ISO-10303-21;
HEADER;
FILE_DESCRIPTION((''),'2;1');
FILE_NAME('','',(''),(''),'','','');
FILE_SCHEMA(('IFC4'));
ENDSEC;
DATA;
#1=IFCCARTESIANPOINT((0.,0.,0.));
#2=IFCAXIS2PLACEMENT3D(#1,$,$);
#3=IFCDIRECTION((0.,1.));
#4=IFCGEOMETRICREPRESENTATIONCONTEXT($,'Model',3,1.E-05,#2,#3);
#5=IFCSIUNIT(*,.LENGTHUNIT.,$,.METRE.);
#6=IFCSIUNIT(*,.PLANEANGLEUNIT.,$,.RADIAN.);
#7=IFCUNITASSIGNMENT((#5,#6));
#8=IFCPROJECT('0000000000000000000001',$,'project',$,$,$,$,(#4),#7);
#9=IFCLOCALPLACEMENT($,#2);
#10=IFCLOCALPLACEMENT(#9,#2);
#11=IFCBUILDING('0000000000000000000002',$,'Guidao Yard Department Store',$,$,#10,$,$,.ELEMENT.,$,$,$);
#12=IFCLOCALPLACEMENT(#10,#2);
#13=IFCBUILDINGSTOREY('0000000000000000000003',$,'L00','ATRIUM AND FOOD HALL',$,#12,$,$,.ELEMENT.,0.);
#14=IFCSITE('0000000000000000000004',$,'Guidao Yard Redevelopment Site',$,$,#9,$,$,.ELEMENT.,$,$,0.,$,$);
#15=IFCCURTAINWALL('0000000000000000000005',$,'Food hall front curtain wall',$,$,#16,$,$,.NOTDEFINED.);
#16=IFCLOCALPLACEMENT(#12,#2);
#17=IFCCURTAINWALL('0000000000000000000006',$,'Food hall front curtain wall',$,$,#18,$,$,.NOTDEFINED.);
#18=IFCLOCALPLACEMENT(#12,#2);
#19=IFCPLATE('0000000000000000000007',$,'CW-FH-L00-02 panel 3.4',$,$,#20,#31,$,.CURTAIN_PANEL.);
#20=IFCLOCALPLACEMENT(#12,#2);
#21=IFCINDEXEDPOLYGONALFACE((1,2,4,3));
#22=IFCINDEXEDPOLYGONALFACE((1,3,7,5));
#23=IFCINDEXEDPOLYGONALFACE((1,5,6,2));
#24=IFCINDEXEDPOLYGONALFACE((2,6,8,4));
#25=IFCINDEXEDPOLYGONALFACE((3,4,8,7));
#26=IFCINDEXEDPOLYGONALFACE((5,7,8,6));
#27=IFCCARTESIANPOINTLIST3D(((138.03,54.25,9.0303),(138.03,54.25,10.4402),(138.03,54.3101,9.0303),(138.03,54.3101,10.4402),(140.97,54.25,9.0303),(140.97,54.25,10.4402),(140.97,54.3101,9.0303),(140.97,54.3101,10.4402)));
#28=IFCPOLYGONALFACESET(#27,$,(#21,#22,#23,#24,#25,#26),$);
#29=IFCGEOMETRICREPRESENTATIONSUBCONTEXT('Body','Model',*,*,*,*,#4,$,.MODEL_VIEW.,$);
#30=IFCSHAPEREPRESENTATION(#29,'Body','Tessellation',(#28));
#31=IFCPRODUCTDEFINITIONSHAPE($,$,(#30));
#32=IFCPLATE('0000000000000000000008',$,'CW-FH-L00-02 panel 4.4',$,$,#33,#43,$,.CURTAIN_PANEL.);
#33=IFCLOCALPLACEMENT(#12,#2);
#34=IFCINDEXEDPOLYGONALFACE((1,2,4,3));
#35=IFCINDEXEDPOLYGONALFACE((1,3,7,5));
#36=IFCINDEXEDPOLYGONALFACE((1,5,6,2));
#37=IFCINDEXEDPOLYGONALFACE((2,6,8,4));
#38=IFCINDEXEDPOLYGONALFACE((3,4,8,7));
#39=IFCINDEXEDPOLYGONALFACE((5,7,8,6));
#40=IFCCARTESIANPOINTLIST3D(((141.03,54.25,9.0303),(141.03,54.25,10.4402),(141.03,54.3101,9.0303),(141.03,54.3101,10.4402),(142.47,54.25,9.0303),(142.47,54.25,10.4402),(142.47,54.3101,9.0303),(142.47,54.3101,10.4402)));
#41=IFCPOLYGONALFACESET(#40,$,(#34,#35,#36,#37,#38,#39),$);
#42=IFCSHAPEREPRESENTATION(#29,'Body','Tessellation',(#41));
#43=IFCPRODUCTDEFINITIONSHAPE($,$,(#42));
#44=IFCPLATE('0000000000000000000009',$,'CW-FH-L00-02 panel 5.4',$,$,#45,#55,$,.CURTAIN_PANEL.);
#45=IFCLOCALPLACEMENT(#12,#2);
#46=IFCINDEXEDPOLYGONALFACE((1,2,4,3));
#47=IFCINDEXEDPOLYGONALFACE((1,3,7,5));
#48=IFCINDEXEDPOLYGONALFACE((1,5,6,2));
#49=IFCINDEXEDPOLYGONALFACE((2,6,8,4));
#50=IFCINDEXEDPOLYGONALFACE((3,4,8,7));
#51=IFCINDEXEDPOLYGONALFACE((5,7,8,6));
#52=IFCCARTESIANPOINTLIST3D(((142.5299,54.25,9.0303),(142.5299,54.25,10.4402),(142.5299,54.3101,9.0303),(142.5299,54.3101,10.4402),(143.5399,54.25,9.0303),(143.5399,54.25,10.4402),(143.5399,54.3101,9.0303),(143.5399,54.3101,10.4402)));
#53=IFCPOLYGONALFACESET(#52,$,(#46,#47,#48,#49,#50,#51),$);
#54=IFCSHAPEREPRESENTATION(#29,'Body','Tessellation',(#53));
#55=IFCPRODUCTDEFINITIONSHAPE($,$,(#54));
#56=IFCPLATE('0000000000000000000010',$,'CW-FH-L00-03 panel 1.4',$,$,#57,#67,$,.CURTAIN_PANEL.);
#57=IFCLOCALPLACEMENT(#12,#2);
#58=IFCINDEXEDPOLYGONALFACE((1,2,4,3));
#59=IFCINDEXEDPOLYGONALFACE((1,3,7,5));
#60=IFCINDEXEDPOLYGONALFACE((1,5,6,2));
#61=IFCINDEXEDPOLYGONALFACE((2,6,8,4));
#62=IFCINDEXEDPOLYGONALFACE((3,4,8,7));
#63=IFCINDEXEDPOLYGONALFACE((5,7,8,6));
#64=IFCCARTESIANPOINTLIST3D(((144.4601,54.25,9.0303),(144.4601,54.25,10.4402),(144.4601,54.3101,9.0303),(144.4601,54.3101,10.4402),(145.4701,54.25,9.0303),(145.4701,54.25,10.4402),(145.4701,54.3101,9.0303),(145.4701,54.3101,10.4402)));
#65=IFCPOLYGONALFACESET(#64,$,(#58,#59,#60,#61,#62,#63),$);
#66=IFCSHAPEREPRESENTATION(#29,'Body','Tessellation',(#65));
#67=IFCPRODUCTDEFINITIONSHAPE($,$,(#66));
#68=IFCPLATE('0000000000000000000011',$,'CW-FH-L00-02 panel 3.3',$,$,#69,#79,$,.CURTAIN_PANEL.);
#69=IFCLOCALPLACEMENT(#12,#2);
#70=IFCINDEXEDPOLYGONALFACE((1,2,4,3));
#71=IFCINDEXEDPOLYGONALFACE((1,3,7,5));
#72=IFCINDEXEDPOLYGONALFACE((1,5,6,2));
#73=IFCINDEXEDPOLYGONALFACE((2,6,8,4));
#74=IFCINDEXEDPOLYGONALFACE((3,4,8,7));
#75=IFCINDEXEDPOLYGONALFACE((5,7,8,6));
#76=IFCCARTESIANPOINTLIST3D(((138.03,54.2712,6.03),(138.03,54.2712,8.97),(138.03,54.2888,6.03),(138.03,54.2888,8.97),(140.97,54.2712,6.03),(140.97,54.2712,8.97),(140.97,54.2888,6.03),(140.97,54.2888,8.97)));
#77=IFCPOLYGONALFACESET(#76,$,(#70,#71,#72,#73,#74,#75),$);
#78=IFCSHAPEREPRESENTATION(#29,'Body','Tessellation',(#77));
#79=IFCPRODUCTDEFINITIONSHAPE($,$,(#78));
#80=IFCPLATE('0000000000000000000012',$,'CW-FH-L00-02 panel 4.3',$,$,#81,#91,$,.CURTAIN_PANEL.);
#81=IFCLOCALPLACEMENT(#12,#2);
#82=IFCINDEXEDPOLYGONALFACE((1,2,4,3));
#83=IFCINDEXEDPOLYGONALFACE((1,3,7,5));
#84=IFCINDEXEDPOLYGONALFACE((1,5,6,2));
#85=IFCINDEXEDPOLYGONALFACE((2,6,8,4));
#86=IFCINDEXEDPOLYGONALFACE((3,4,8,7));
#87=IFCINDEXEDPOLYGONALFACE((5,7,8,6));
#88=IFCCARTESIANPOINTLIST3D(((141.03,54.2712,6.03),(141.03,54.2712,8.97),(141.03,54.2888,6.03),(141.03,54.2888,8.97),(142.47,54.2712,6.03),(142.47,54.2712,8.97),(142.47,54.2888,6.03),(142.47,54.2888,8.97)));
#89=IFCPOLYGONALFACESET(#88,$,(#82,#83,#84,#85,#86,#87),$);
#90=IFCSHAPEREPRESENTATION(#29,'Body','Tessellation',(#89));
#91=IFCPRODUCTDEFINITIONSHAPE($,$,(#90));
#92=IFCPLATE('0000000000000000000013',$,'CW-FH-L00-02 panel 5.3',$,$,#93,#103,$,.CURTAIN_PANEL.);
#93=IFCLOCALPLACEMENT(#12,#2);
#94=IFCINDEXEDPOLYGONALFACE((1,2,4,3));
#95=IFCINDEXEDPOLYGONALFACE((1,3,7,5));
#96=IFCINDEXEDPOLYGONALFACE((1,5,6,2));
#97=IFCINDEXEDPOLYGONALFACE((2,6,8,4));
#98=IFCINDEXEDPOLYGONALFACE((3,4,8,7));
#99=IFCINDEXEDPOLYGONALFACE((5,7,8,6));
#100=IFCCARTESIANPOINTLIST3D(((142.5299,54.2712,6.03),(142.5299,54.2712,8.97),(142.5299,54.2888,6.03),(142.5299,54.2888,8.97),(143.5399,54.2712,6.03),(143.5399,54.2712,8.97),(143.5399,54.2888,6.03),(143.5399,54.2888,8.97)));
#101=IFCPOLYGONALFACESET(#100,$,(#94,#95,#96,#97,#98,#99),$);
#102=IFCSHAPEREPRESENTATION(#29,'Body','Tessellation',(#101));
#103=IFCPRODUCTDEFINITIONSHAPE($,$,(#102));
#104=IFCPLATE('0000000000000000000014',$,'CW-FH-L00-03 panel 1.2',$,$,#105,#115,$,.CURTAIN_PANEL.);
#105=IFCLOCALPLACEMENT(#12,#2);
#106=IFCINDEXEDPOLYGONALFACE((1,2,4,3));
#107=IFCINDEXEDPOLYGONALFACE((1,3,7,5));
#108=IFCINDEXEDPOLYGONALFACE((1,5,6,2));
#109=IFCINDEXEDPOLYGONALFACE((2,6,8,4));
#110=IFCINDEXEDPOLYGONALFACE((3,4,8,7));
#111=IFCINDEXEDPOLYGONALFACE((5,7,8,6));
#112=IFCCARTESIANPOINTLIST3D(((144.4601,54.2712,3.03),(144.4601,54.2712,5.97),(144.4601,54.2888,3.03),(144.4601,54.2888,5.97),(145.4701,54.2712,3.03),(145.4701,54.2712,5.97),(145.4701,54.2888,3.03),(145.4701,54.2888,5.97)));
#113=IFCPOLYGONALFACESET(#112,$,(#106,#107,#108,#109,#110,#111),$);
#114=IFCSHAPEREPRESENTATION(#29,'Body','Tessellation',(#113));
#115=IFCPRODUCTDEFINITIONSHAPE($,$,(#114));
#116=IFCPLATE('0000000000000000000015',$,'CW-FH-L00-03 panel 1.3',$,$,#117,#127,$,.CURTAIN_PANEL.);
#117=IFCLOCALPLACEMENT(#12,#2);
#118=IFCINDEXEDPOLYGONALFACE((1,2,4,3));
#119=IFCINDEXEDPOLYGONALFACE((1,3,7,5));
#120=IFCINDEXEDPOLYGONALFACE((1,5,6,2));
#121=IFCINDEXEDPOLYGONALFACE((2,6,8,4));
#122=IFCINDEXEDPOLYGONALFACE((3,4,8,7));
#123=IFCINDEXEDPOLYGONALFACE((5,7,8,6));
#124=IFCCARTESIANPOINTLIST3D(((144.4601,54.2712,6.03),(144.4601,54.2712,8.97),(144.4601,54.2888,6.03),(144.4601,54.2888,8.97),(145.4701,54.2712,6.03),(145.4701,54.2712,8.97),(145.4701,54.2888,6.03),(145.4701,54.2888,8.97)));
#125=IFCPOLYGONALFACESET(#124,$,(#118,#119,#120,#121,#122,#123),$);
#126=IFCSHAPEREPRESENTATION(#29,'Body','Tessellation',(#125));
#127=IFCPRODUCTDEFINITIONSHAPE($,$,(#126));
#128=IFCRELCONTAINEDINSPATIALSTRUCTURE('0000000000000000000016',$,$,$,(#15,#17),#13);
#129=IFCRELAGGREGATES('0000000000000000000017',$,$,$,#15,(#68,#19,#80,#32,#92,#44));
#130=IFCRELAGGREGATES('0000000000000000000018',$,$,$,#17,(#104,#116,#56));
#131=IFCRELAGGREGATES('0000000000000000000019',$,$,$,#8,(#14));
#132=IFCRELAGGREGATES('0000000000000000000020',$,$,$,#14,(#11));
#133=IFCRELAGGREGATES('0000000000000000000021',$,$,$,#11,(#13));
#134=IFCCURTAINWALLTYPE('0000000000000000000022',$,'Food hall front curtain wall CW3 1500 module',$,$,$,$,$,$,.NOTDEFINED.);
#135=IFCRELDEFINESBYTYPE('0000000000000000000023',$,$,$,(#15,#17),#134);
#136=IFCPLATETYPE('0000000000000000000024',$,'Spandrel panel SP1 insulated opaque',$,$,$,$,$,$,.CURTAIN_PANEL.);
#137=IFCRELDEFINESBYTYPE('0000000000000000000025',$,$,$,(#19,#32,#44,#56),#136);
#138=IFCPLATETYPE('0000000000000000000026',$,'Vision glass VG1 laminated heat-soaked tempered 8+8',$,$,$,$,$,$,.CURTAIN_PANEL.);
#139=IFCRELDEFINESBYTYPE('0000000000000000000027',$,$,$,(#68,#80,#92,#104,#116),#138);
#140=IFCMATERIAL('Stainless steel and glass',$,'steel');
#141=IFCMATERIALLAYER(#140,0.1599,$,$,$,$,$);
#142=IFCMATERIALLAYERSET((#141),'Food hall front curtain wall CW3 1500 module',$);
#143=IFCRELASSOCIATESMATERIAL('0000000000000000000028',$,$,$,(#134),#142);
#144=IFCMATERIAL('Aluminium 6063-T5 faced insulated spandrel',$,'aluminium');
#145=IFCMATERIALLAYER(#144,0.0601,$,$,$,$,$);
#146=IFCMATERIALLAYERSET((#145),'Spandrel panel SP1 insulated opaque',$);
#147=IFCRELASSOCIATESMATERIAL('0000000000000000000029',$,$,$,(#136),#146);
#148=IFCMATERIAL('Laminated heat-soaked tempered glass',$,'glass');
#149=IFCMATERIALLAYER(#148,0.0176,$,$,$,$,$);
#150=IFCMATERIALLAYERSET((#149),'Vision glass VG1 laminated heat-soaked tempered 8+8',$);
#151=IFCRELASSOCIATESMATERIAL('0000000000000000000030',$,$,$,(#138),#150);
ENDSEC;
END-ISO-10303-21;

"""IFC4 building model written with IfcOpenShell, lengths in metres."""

from ifc_helpers import new_model, si_unit, direction, frame, origin, origin_2d, place, context, subcontext, project, spatial, rectangle, extrude, material, layer, layer_set, type_object, element, aggregate, save


model = new_model("IFC4")

# Units and contexts
model_context = context("Model", 3, precision=1e-05, world=origin(), true_north=direction((0.0, 1.0)))
body_context = subcontext(model_context, "Body", "Model", "MODEL_VIEW")
ifc_project = project(units=[si_unit("LENGTHUNIT", "METRE"), si_unit("PLANEANGLEUNIT", "RADIAN")], contexts=[model_context])

# Site, building, storey
site_placement = place(None, origin())
site = spatial("IfcSite", under=ifc_project, at=site_placement, Name="Guidao Yard Redevelopment Site", CompositionType="ELEMENT", RefElevation=0.0)
building_placement = place(site_placement, origin())
building = spatial("IfcBuilding", under=site, at=building_placement, Name="Guidao Yard Department Store", CompositionType="ELEMENT")
storey_placement = place(building_placement, origin())
storey = spatial("IfcBuildingStorey", under=building, at=storey_placement, Name="L00", Description="ATRIUM AND FOOD HALL", CompositionType="ELEMENT", Elevation=0.0)

# Curtain wall
ifc_material_1 = material(Name="Stainless steel and glass", Category="steel")
ifc_layer_1 = layer(ifc_material_1, 0.1599)
ifc_layer_set_1 = layer_set([ifc_layer_1], Name="Food hall front curtain wall CW3 1500 module")
curtain_wall_type = type_object("IfcCurtainWallType", Name="Food hall front curtain wall CW3 1500 module", PredefinedType="NOTDEFINED", material=ifc_layer_set_1)
curtain_wall_1_placement = place(storey_placement, origin())
curtain_wall_1 = element("IfcCurtainWall", 1, at=curtain_wall_1_placement, inside=storey, type_object=curtain_wall_type, Name="Food hall front curtain wall", PredefinedType="NOTDEFINED")

# Curtain wall
curtain_wall_2_placement = place(storey_placement, origin())
curtain_wall_2 = element("IfcCurtainWall", 2, at=curtain_wall_2_placement, inside=storey, type_object=curtain_wall_type, Name="Food hall front curtain wall", PredefinedType="NOTDEFINED")

# Plates
ifc_material_2 = material(Name="Aluminium 6063-T5 faced insulated spandrel", Category="aluminium")
ifc_layer_2 = layer(ifc_material_2, 0.0601)
ifc_layer_set_2 = layer_set([ifc_layer_2], Name="Spandrel panel SP1 insulated opaque")
plate_type_1 = type_object("IfcPlateType", Name="Spandrel panel SP1 insulated opaque", PredefinedType="CURTAIN_PANEL", material=ifc_layer_set_2)
plate_1_placement = place(storey_placement, frame((139.5, 54.28, 9.0303), z_axis=(0.0, 0.0, 1.0), x_axis=(-1.0, 0.0, 0.0)))
plate_1 = element("IfcPlate", 3, at=plate_1_placement, type_object=plate_type_1, Name="CW-FH-L00-02 panel 3.4", PredefinedType="CURTAIN_PANEL", context=body_context, shape_type="SweptSolid", body=[
    extrude(rectangle(XDim=2.9399, YDim=0.0601, at=origin_2d()), origin(), (0.0, 0.0, 1.0), 1.4099),
])
plate_2_placement = place(storey_placement, frame((141.75, 54.28, 9.0303), z_axis=(0.0, 0.0, 1.0), x_axis=(-1.0, 0.0, 0.0)))
plate_2 = element("IfcPlate", 4, at=plate_2_placement, type_object=plate_type_1, Name="CW-FH-L00-02 panel 4.4", PredefinedType="CURTAIN_PANEL", context=body_context, shape_type="SweptSolid", body=[
    extrude(rectangle(XDim=1.4399, YDim=0.0601, at=origin_2d()), origin(), (0.0, 0.0, 1.0), 1.4099),
])
plate_3_placement = place(storey_placement, frame((143.0349, 54.28, 9.0303), z_axis=(0.0, 0.0, 1.0), x_axis=(-1.0, 0.0, 0.0)))
plate_3 = element("IfcPlate", 5, at=plate_3_placement, type_object=plate_type_1, Name="CW-FH-L00-02 panel 5.4", PredefinedType="CURTAIN_PANEL", context=body_context, shape_type="SweptSolid", body=[
    extrude(rectangle(XDim=1.01, YDim=0.0601, at=origin_2d()), origin(), (0.0, 0.0, 1.0), 1.4099),
])
plate_4_placement = place(storey_placement, frame((144.9651, 54.28, 9.0303), z_axis=(0.0, 0.0, 1.0), x_axis=(-1.0, 0.0, 0.0)))
plate_4 = element("IfcPlate", 6, at=plate_4_placement, type_object=plate_type_1, Name="CW-FH-L00-03 panel 1.4", PredefinedType="CURTAIN_PANEL", context=body_context, shape_type="SweptSolid", body=[
    extrude(rectangle(XDim=1.01, YDim=0.0601, at=origin_2d()), origin(), (0.0, 0.0, 1.0), 1.4099),
])
ifc_material_3 = material(Name="Laminated heat-soaked tempered glass", Category="glass")
ifc_layer_3 = layer(ifc_material_3, 0.0176)
ifc_layer_set_3 = layer_set([ifc_layer_3], Name="Vision glass VG1 laminated heat-soaked tempered 8+8")
plate_type_2 = type_object("IfcPlateType", Name="Vision glass VG1 laminated heat-soaked tempered 8+8", PredefinedType="CURTAIN_PANEL", material=ifc_layer_set_3)
plate_5_placement = place(storey_placement, frame((139.5, 54.28, 6.03), z_axis=(0.0, 0.0, 1.0), x_axis=(-1.0, 0.0, 0.0)))
plate_5 = element("IfcPlate", 7, at=plate_5_placement, type_object=plate_type_2, Name="CW-FH-L00-02 panel 3.3", PredefinedType="CURTAIN_PANEL", context=body_context, shape_type="SweptSolid", body=[
    extrude(rectangle(XDim=2.9399, YDim=0.0176, at=origin_2d()), origin(), (0.0, 0.0, 1.0), 2.9399),
])
plate_6_placement = place(storey_placement, frame((141.75, 54.28, 6.03), z_axis=(0.0, 0.0, 1.0), x_axis=(-1.0, 0.0, 0.0)))
plate_6 = element("IfcPlate", 8, at=plate_6_placement, type_object=plate_type_2, Name="CW-FH-L00-02 panel 4.3", PredefinedType="CURTAIN_PANEL", context=body_context, shape_type="SweptSolid", body=[
    extrude(rectangle(XDim=1.4399, YDim=0.0176, at=origin_2d()), origin(), (0.0, 0.0, 1.0), 2.9399),
])
plate_7_placement = place(storey_placement, frame((143.0349, 54.28, 6.03), z_axis=(0.0, 0.0, 1.0), x_axis=(-1.0, 0.0, 0.0)))
plate_7 = element("IfcPlate", 9, at=plate_7_placement, type_object=plate_type_2, Name="CW-FH-L00-02 panel 5.3", PredefinedType="CURTAIN_PANEL", context=body_context, shape_type="SweptSolid", body=[
    extrude(rectangle(XDim=1.01, YDim=0.0176, at=origin_2d()), origin(), (0.0, 0.0, 1.0), 2.9399),
])
aggregate(curtain_wall_1, [plate_5, plate_1, plate_6, plate_2, plate_7, plate_3])
plate_8_placement = place(storey_placement, frame((144.9651, 54.28, 3.03), z_axis=(0.0, 0.0, 1.0), x_axis=(-1.0, 0.0, 0.0)))
plate_8 = element("IfcPlate", 10, at=plate_8_placement, type_object=plate_type_2, Name="CW-FH-L00-03 panel 1.2", PredefinedType="CURTAIN_PANEL", context=body_context, shape_type="SweptSolid", body=[
    extrude(rectangle(XDim=1.01, YDim=0.0176, at=origin_2d()), origin(), (0.0, 0.0, 1.0), 2.9399),
])
plate_9_placement = place(storey_placement, frame((144.9651, 54.28, 6.03), z_axis=(0.0, 0.0, 1.0), x_axis=(-1.0, 0.0, 0.0)))
plate_9 = element("IfcPlate", 11, at=plate_9_placement, type_object=plate_type_2, Name="CW-FH-L00-03 panel 1.3", PredefinedType="CURTAIN_PANEL", context=body_context, shape_type="SweptSolid", body=[
    extrude(rectangle(XDim=1.01, YDim=0.0176, at=origin_2d()), origin(), (0.0, 0.0, 1.0), 2.9399),
])
aggregate(curtain_wall_2, [plate_8, plate_9, plate_4])

save(model, "model.ifc")
